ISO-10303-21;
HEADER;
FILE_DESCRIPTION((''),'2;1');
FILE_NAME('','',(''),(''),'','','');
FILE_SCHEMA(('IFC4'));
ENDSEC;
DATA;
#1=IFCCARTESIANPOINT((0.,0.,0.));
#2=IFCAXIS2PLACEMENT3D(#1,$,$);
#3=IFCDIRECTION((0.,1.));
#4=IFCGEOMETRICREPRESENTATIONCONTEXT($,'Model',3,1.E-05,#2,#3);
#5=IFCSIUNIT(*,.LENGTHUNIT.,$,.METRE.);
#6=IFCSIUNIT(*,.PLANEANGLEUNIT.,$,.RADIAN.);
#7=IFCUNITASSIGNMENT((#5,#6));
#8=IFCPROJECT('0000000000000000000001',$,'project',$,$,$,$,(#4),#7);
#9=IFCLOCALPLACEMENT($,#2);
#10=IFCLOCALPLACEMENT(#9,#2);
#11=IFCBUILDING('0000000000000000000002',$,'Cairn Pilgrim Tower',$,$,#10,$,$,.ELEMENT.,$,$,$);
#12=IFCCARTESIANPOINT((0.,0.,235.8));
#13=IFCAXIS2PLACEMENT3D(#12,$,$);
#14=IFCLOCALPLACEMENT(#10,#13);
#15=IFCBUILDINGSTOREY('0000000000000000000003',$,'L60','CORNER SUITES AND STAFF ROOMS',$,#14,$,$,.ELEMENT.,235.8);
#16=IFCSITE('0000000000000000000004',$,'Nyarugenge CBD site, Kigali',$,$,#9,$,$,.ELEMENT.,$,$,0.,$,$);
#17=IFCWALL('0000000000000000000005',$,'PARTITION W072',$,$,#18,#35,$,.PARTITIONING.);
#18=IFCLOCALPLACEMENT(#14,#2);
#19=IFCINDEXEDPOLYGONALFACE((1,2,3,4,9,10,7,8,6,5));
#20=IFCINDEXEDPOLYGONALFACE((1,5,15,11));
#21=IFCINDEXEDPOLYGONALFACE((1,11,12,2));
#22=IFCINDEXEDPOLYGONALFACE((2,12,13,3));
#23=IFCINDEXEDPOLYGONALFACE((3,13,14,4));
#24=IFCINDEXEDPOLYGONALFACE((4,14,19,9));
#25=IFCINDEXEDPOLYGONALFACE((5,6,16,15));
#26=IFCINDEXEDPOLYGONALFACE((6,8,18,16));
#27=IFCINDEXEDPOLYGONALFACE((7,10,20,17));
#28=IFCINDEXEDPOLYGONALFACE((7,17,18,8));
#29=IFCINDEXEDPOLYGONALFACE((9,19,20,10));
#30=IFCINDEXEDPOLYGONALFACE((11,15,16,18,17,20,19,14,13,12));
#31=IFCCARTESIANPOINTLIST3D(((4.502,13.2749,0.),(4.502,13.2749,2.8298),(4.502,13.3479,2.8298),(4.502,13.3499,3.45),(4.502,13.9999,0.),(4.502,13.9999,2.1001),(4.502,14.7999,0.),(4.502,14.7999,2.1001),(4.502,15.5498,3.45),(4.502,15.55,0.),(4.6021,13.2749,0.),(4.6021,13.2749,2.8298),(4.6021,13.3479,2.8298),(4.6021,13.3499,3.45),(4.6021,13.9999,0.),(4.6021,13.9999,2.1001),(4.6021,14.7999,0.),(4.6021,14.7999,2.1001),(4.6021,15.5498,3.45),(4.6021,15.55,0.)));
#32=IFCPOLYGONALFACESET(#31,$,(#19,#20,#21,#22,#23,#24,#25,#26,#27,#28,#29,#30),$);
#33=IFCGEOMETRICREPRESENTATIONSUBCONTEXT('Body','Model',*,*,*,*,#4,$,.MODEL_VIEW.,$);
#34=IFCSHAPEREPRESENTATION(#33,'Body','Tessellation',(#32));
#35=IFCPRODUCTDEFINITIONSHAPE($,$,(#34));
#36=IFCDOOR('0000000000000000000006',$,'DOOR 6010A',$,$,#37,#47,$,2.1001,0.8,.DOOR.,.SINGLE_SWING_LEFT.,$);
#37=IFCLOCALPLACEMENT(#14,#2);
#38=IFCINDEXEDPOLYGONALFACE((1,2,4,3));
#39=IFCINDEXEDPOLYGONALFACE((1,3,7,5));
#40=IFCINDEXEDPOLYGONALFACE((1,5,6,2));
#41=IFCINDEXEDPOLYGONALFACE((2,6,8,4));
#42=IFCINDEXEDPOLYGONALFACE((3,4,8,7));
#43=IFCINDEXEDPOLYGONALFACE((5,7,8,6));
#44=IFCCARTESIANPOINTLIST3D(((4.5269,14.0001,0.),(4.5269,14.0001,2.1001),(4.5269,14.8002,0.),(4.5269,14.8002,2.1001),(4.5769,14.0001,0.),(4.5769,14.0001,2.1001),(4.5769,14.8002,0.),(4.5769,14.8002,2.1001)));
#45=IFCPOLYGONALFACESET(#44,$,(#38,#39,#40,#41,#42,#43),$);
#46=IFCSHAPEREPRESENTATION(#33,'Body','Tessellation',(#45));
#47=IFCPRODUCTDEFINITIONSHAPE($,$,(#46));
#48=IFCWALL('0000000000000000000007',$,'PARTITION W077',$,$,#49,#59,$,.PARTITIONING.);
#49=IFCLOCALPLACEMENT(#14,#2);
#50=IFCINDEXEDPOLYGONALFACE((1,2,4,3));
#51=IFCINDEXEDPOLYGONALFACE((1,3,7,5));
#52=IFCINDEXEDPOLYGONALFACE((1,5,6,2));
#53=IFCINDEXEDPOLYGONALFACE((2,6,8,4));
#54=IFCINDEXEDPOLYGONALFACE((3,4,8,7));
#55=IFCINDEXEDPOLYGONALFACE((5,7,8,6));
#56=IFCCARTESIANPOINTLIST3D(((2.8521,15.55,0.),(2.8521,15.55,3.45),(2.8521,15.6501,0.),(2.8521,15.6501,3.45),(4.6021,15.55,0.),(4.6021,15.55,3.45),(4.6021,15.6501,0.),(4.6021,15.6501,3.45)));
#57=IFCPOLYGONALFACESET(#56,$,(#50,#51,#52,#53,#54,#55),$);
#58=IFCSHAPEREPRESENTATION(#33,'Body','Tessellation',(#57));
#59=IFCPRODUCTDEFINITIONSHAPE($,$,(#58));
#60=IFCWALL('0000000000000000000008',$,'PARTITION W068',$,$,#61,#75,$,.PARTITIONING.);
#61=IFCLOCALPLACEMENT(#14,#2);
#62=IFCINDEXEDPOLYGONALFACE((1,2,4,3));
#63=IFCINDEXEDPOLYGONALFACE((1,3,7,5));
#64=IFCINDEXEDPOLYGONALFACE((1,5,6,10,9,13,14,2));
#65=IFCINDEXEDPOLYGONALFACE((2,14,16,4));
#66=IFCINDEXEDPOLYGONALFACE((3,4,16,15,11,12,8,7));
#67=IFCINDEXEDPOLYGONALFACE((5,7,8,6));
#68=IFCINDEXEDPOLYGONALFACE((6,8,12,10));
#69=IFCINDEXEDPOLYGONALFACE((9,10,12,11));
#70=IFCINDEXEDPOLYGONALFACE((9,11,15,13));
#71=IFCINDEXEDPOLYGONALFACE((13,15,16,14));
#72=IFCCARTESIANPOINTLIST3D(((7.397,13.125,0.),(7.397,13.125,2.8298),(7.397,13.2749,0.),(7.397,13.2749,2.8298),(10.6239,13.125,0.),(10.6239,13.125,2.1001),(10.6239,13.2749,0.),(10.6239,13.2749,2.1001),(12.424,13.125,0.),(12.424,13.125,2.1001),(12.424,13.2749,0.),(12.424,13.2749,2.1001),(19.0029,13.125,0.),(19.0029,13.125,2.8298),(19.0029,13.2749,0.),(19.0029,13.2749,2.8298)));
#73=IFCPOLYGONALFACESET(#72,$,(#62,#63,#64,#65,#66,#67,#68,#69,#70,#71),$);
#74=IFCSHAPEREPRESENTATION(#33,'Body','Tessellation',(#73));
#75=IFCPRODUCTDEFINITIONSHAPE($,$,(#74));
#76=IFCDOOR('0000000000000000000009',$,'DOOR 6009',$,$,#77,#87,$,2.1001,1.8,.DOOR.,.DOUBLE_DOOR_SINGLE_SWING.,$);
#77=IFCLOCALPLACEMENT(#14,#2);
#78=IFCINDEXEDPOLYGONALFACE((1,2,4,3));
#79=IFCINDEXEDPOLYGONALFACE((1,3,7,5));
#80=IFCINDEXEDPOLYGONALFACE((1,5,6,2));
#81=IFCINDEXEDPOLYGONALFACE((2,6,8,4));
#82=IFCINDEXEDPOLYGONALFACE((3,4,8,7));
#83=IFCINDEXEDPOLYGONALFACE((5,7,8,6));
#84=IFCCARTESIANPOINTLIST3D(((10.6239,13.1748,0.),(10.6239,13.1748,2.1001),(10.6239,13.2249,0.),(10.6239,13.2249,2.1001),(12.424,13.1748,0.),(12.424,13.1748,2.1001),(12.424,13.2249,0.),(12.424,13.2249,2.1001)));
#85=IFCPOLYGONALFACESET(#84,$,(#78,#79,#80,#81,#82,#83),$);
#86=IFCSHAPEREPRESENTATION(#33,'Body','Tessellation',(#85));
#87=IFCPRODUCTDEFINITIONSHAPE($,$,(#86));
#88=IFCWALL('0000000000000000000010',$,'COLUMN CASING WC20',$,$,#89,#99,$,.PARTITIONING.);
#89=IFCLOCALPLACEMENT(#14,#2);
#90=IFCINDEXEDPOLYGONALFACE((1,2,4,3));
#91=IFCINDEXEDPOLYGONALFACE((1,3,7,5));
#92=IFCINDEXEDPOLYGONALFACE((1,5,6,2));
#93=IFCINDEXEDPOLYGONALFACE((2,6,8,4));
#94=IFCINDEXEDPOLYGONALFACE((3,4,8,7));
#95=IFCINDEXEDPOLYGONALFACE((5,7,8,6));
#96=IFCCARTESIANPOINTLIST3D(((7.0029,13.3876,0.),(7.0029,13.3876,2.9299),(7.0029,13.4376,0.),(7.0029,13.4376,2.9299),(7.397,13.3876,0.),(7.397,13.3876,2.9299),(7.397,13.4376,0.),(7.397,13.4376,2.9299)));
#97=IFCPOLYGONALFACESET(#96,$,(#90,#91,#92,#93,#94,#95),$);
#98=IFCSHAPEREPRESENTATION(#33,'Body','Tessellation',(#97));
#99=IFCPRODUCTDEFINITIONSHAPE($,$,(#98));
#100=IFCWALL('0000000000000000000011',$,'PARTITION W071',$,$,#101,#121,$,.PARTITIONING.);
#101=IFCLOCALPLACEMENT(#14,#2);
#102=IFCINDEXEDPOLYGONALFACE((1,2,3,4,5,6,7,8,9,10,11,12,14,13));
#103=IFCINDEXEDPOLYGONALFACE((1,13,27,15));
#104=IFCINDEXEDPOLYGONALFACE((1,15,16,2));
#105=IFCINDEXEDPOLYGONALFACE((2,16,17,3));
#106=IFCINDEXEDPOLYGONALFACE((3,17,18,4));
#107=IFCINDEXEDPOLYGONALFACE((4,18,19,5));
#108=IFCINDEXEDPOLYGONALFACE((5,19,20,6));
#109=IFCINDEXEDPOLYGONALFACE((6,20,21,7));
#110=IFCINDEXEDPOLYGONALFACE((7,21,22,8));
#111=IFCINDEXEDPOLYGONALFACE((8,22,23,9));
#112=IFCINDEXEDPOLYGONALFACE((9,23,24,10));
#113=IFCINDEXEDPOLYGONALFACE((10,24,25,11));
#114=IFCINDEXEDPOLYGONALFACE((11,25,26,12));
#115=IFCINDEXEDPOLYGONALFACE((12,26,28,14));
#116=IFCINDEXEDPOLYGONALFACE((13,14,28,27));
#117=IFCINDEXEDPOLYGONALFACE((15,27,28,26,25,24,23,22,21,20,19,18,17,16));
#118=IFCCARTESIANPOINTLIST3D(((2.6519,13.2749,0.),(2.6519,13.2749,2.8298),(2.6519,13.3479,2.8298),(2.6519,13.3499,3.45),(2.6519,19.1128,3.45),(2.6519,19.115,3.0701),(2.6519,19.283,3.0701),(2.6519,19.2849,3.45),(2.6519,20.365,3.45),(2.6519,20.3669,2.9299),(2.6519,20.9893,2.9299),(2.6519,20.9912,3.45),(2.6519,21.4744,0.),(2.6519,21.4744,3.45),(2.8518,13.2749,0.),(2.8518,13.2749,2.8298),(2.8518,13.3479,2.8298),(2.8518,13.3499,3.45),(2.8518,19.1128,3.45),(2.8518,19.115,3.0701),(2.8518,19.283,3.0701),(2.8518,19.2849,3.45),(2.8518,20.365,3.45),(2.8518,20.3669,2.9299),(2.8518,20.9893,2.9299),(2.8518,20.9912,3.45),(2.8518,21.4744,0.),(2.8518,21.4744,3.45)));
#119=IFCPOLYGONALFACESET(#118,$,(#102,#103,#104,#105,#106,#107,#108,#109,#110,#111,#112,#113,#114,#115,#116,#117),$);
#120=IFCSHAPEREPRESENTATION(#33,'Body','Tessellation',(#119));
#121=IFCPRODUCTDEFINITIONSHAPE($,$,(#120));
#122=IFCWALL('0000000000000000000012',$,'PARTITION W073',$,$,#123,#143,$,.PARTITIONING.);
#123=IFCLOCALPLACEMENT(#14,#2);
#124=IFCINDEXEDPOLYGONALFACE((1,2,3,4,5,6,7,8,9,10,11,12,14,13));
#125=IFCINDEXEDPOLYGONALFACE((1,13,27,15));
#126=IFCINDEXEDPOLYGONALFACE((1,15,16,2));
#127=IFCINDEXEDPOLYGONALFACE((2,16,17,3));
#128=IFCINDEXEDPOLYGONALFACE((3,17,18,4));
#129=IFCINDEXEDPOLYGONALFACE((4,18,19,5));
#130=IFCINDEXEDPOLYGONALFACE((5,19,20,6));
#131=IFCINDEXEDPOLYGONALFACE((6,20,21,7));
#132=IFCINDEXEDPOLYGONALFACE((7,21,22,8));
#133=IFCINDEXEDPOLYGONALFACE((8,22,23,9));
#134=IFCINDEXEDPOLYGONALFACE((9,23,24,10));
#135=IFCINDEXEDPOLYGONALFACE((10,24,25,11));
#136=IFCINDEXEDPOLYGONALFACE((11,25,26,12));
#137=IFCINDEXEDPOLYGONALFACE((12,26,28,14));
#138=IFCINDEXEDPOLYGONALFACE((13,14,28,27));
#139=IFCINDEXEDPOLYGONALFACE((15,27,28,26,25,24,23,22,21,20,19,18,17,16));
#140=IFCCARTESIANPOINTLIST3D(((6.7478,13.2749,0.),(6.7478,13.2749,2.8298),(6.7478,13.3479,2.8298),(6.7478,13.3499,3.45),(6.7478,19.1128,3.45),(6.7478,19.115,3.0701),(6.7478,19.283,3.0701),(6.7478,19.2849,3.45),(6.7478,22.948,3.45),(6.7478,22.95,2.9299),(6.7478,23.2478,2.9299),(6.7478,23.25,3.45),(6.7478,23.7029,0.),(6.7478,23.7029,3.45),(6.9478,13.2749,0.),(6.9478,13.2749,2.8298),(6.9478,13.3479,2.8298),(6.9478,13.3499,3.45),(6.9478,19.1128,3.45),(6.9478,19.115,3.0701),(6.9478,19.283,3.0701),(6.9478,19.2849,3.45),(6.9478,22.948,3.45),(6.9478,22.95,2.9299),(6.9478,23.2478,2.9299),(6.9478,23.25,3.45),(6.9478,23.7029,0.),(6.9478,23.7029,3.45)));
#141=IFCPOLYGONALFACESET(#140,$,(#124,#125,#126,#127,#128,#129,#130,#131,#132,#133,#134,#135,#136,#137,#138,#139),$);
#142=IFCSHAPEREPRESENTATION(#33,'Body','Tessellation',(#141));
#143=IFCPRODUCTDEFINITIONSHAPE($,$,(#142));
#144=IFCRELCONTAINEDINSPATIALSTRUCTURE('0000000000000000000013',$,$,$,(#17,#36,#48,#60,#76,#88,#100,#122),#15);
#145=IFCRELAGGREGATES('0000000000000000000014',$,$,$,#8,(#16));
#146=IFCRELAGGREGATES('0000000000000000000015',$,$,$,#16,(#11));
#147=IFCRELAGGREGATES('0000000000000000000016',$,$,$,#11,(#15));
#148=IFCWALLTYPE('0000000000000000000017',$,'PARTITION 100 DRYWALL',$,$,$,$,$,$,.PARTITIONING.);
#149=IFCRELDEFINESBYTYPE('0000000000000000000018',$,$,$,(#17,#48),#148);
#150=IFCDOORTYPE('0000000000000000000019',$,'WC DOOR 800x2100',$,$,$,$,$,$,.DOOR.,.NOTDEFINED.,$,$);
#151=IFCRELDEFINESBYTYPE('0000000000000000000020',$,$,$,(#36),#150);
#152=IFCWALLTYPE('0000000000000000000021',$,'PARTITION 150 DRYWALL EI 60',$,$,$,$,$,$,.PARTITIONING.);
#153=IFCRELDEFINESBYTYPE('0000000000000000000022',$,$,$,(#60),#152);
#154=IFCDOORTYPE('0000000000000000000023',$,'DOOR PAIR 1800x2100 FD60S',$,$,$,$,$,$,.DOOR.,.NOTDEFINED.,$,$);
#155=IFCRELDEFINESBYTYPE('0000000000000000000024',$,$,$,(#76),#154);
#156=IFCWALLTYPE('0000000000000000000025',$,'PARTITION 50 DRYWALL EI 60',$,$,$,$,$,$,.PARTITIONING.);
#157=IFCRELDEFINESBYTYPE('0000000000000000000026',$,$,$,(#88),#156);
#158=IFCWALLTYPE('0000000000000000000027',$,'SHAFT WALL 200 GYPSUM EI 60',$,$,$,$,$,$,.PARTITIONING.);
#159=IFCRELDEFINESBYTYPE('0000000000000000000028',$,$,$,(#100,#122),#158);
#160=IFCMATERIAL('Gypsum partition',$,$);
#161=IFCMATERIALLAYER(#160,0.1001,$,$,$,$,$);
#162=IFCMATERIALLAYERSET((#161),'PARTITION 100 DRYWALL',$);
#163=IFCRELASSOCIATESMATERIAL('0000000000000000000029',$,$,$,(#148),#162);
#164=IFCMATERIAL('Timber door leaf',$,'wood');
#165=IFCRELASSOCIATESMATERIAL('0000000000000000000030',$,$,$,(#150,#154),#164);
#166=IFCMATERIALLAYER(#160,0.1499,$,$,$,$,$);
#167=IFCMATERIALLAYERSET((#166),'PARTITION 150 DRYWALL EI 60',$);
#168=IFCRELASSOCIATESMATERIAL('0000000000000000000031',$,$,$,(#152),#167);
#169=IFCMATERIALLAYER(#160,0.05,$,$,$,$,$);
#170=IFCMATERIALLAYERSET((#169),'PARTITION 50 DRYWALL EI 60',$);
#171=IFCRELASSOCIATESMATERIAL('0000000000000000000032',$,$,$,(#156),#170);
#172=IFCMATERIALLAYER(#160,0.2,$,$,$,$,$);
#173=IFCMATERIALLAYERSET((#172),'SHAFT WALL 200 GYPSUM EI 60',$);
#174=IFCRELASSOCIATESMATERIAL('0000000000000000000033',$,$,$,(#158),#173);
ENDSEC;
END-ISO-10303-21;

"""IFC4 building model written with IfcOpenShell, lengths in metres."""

from ifc_helpers import new_model, si_unit, direction, frame, frame_2d, origin, place, context, subcontext, project, spatial, polyline, rectangle, outline, extrude, material, layer, layer_set, type_object, element, fill, save


model = new_model("IFC4")

# Units and contexts
model_context = context("Model", 3, precision=1e-05, world=origin(), true_north=direction((0.0, 1.0)))
body_context = subcontext(model_context, "Body", "Model", "MODEL_VIEW")
ifc_project = project(units=[si_unit("LENGTHUNIT", "METRE"), si_unit("PLANEANGLEUNIT", "RADIAN")], contexts=[model_context])

# Site, building, storey
site_placement = place(None, origin())
site = spatial("IfcSite", under=ifc_project, at=site_placement, Name="Nyarugenge CBD site, Kigali", CompositionType="ELEMENT", RefElevation=0.0)
building_placement = place(site_placement, origin())
building = spatial("IfcBuilding", under=site, at=building_placement, Name="Cairn Pilgrim Tower", CompositionType="ELEMENT")
storey_placement = place(building_placement, frame((0.0, 0.0, 235.8)))
storey = spatial("IfcBuildingStorey", under=building, at=storey_placement, Name="L60", Description="CORNER SUITES AND STAFF ROOMS", CompositionType="ELEMENT", Elevation=235.8)

# Wall, opening, door
ifc_material_1 = material(Name="Gypsum partition")
ifc_layer_1 = layer(ifc_material_1, 0.1001)
ifc_layer_set_1 = layer_set([ifc_layer_1], Name="PARTITION 100 DRYWALL")
wall_type_1 = type_object("IfcWallType", Name="PARTITION 100 DRYWALL", PredefinedType="PARTITIONING", material=ifc_layer_set_1)
wall_1_placement = place(storey_placement, frame((4.552, 13.2749, 0.0), z_axis=(0.0, 0.0, 1.0), x_axis=(0.0, 1.0, 0.0)))
wall_1 = element("IfcWall", 1, at=wall_1_placement, inside=storey, type_object=wall_type_1, Name="PARTITION W072", PredefinedType="PARTITIONING", context=body_context, shape_type="SweptSolid", body=[
    extrude(outline(polyline([(0.0, 0.0), (2.2751, 0.0), (2.2749, 3.45), (0.075, 3.45), (0.073, 2.8298), (0.0, 2.8298), (0.0, 0.0)])), frame((0.0, 0.05, 0.0), z_axis=(0.0, -1.0, 0.0), x_axis=(1.0, 0.0, 0.0)), (0.0, 0.0, 1.0), 0.1001),
])
opening_1_placement = place(wall_1_placement, frame((0.7251, 0.0, 0.0)))
opening_1 = element("IfcOpeningElement", 2, at=opening_1_placement, cuts=wall_1, PredefinedType="OPENING", context=body_context, shape_type="SweptSolid", body=[
    extrude(rectangle(XDim=0.8, YDim=2.1001, at=frame_2d((0.3999, 1.05))), frame((0.0, 0.0601, 0.0), z_axis=(0.0, -1.0, 0.0), x_axis=(1.0, 0.0, 0.0)), (0.0, 0.0, 1.0), 0.1201),
])
ifc_material_2 = material(Name="Timber door leaf", Category="wood")
door_type_1 = type_object("IfcDoorType", Name="WC DOOR 800x2100", OperationType="NOTDEFINED", PredefinedType="DOOR", material=ifc_material_2)
door_1_placement = place(opening_1_placement, frame((0.8, 0.0, 0.0), z_axis=(0.0, 0.0, 1.0), x_axis=(-1.0, 0.0, 0.0)))
door_1 = element("IfcDoor", 3, at=door_1_placement, inside=storey, type_object=door_type_1, Name="DOOR 6010A", OperationType="SINGLE_SWING_LEFT", OverallHeight=2.1001, OverallWidth=0.8, PredefinedType="DOOR", context=body_context, shape_type="SweptSolid", body=[
    extrude(rectangle(XDim=0.8, YDim=2.1001, at=frame_2d((0.3999, 1.05))), frame((0.0, 0.0249, 0.0), z_axis=(0.0, -1.0, 0.0), x_axis=(1.0, 0.0, 0.0)), (0.0, 0.0, 1.0), 0.05),
])
fill(opening_1, door_1)

# Wall
wall_2_placement = place(storey_placement, frame((2.8521, 15.6001, 0.0), z_axis=(0.0, 0.0, 1.0), x_axis=(1.0, 0.0, 0.0)))
element("IfcWall", 4, at=wall_2_placement, inside=storey, type_object=wall_type_1, Name="PARTITION W077", PredefinedType="PARTITIONING", context=body_context, shape_type="SweptSolid", body=[
    extrude(rectangle(XDim=1.75, YDim=0.1001, at=frame_2d((0.875, 0.0))), origin(), (0.0, 0.0, 1.0), 3.45),
])

# Wall, opening, door
ifc_layer_2 = layer(ifc_material_1, 0.1499)
ifc_layer_set_2 = layer_set([ifc_layer_2], Name="PARTITION 150 DRYWALL EI 60")
wall_type_2 = type_object("IfcWallType", Name="PARTITION 150 DRYWALL EI 60", PredefinedType="PARTITIONING", material=ifc_layer_set_2)
wall_3_placement = place(storey_placement, frame((7.397, 13.2, 0.0), z_axis=(0.0, 0.0, 1.0), x_axis=(1.0, 0.0, 0.0)))
wall_3 = element("IfcWall", 5, at=wall_3_placement, inside=storey, type_object=wall_type_2, Name="PARTITION W068", PredefinedType="PARTITIONING", context=body_context, shape_type="SweptSolid", body=[
    extrude(rectangle(XDim=11.606, YDim=0.1499, at=frame_2d((5.803, 0.0))), origin(), (0.0, 0.0, 1.0), 2.8298),
])
opening_2_placement = place(wall_3_placement, frame((3.2271, 0.0, 0.0)))
opening_2 = element("IfcOpeningElement", 6, at=opening_2_placement, cuts=wall_3, PredefinedType="OPENING", context=body_context, shape_type="SweptSolid", body=[
    extrude(rectangle(XDim=1.8, YDim=2.1001, at=frame_2d((0.8999, 1.05))), frame((0.0, 0.085, 0.0), z_axis=(0.0, -1.0, 0.0), x_axis=(1.0, 0.0, 0.0)), (0.0, 0.0, 1.0), 0.1699),
])
door_type_2 = type_object("IfcDoorType", Name="DOOR PAIR 1800x2100 FD60S", OperationType="NOTDEFINED", PredefinedType="DOOR", material=ifc_material_2)
door_2_placement = place(opening_2_placement, origin())
door_2 = element("IfcDoor", 7, at=door_2_placement, inside=storey, type_object=door_type_2, Name="DOOR 6009", OperationType="DOUBLE_DOOR_SINGLE_SWING", OverallHeight=2.1001, OverallWidth=1.8, PredefinedType="DOOR", context=body_context, shape_type="SweptSolid", body=[
    extrude(rectangle(XDim=1.8, YDim=2.1001, at=frame_2d((0.8999, 1.05))), frame((0.0, 0.0249, 0.0), z_axis=(0.0, -1.0, 0.0), x_axis=(1.0, 0.0, 0.0)), (0.0, 0.0, 1.0), 0.05),
])
fill(opening_2, door_2)

# Walls
ifc_layer_3 = layer(ifc_material_1, 0.05)
ifc_layer_set_3 = layer_set([ifc_layer_3], Name="PARTITION 50 DRYWALL EI 60")
wall_type_3 = type_object("IfcWallType", Name="PARTITION 50 DRYWALL EI 60", PredefinedType="PARTITIONING", material=ifc_layer_set_3)
wall_4_placement = place(storey_placement, frame((7.0029, 13.4126, 0.0), z_axis=(0.0, 0.0, 1.0), x_axis=(1.0, 0.0, 0.0)))
element("IfcWall", 8, at=wall_4_placement, inside=storey, type_object=wall_type_3, Name="COLUMN CASING WC20", PredefinedType="PARTITIONING", context=body_context, shape_type="SweptSolid", body=[
    extrude(rectangle(XDim=0.394, YDim=0.05, at=frame_2d((0.197, 0.0))), origin(), (0.0, 0.0, 1.0), 2.9299),
])
ifc_layer_4 = layer(ifc_material_1, 0.2)
ifc_layer_set_4 = layer_set([ifc_layer_4], Name="SHAFT WALL 200 GYPSUM EI 60")
wall_type_4 = type_object("IfcWallType", Name="SHAFT WALL 200 GYPSUM EI 60", PredefinedType="PARTITIONING", material=ifc_layer_set_4)
wall_5_placement = place(storey_placement, frame((2.752, 13.2749, 0.0), z_axis=(0.0, 0.0, 1.0), x_axis=(0.0, 1.0, 0.0)))
element("IfcWall", 9, at=wall_5_placement, inside=storey, type_object=wall_type_4, Name="PARTITION W071", PredefinedType="PARTITIONING", context=body_context, shape_type="SweptSolid", body=[
    extrude(outline(polyline([(0.0, 0.0), (8.1995, 0.0), (8.1995, 3.45), (7.7163, 3.45), (7.7144, 2.9299), (7.092, 2.9299), (7.0901, 3.45), (6.01, 3.45), (6.0081, 3.0701), (5.8401, 3.0701), (5.8379, 3.45), (0.075, 3.45), (0.073, 2.8298), (0.0, 2.8298), (0.0, 0.0)])), frame((0.0, 0.1001, 0.0), z_axis=(0.0, -1.0, 0.0), x_axis=(1.0, 0.0, 0.0)), (0.0, 0.0, 1.0), 0.2),
])
wall_6_placement = place(storey_placement, frame((6.8479, 13.2749, 0.0), z_axis=(0.0, 0.0, 1.0), x_axis=(0.0, 1.0, 0.0)))
element("IfcWall", 10, at=wall_6_placement, inside=storey, type_object=wall_type_4, Name="PARTITION W073", PredefinedType="PARTITIONING", context=body_context, shape_type="SweptSolid", body=[
    extrude(outline(polyline([(0.0, 0.0), (10.428, 0.0), (10.428, 3.45), (9.9751, 3.45), (9.9729, 2.9299), (9.675, 2.9299), (9.6731, 3.45), (6.01, 3.45), (6.0081, 3.0701), (5.8401, 3.0701), (5.8379, 3.45), (0.075, 3.45), (0.073, 2.8298), (0.0, 2.8298), (0.0, 0.0)])), frame((0.0, 0.1001, 0.0), z_axis=(0.0, -1.0, 0.0), x_axis=(1.0, 0.0, 0.0)), (0.0, 0.0, 1.0), 0.2),
])

save(model, "model.ifc")
